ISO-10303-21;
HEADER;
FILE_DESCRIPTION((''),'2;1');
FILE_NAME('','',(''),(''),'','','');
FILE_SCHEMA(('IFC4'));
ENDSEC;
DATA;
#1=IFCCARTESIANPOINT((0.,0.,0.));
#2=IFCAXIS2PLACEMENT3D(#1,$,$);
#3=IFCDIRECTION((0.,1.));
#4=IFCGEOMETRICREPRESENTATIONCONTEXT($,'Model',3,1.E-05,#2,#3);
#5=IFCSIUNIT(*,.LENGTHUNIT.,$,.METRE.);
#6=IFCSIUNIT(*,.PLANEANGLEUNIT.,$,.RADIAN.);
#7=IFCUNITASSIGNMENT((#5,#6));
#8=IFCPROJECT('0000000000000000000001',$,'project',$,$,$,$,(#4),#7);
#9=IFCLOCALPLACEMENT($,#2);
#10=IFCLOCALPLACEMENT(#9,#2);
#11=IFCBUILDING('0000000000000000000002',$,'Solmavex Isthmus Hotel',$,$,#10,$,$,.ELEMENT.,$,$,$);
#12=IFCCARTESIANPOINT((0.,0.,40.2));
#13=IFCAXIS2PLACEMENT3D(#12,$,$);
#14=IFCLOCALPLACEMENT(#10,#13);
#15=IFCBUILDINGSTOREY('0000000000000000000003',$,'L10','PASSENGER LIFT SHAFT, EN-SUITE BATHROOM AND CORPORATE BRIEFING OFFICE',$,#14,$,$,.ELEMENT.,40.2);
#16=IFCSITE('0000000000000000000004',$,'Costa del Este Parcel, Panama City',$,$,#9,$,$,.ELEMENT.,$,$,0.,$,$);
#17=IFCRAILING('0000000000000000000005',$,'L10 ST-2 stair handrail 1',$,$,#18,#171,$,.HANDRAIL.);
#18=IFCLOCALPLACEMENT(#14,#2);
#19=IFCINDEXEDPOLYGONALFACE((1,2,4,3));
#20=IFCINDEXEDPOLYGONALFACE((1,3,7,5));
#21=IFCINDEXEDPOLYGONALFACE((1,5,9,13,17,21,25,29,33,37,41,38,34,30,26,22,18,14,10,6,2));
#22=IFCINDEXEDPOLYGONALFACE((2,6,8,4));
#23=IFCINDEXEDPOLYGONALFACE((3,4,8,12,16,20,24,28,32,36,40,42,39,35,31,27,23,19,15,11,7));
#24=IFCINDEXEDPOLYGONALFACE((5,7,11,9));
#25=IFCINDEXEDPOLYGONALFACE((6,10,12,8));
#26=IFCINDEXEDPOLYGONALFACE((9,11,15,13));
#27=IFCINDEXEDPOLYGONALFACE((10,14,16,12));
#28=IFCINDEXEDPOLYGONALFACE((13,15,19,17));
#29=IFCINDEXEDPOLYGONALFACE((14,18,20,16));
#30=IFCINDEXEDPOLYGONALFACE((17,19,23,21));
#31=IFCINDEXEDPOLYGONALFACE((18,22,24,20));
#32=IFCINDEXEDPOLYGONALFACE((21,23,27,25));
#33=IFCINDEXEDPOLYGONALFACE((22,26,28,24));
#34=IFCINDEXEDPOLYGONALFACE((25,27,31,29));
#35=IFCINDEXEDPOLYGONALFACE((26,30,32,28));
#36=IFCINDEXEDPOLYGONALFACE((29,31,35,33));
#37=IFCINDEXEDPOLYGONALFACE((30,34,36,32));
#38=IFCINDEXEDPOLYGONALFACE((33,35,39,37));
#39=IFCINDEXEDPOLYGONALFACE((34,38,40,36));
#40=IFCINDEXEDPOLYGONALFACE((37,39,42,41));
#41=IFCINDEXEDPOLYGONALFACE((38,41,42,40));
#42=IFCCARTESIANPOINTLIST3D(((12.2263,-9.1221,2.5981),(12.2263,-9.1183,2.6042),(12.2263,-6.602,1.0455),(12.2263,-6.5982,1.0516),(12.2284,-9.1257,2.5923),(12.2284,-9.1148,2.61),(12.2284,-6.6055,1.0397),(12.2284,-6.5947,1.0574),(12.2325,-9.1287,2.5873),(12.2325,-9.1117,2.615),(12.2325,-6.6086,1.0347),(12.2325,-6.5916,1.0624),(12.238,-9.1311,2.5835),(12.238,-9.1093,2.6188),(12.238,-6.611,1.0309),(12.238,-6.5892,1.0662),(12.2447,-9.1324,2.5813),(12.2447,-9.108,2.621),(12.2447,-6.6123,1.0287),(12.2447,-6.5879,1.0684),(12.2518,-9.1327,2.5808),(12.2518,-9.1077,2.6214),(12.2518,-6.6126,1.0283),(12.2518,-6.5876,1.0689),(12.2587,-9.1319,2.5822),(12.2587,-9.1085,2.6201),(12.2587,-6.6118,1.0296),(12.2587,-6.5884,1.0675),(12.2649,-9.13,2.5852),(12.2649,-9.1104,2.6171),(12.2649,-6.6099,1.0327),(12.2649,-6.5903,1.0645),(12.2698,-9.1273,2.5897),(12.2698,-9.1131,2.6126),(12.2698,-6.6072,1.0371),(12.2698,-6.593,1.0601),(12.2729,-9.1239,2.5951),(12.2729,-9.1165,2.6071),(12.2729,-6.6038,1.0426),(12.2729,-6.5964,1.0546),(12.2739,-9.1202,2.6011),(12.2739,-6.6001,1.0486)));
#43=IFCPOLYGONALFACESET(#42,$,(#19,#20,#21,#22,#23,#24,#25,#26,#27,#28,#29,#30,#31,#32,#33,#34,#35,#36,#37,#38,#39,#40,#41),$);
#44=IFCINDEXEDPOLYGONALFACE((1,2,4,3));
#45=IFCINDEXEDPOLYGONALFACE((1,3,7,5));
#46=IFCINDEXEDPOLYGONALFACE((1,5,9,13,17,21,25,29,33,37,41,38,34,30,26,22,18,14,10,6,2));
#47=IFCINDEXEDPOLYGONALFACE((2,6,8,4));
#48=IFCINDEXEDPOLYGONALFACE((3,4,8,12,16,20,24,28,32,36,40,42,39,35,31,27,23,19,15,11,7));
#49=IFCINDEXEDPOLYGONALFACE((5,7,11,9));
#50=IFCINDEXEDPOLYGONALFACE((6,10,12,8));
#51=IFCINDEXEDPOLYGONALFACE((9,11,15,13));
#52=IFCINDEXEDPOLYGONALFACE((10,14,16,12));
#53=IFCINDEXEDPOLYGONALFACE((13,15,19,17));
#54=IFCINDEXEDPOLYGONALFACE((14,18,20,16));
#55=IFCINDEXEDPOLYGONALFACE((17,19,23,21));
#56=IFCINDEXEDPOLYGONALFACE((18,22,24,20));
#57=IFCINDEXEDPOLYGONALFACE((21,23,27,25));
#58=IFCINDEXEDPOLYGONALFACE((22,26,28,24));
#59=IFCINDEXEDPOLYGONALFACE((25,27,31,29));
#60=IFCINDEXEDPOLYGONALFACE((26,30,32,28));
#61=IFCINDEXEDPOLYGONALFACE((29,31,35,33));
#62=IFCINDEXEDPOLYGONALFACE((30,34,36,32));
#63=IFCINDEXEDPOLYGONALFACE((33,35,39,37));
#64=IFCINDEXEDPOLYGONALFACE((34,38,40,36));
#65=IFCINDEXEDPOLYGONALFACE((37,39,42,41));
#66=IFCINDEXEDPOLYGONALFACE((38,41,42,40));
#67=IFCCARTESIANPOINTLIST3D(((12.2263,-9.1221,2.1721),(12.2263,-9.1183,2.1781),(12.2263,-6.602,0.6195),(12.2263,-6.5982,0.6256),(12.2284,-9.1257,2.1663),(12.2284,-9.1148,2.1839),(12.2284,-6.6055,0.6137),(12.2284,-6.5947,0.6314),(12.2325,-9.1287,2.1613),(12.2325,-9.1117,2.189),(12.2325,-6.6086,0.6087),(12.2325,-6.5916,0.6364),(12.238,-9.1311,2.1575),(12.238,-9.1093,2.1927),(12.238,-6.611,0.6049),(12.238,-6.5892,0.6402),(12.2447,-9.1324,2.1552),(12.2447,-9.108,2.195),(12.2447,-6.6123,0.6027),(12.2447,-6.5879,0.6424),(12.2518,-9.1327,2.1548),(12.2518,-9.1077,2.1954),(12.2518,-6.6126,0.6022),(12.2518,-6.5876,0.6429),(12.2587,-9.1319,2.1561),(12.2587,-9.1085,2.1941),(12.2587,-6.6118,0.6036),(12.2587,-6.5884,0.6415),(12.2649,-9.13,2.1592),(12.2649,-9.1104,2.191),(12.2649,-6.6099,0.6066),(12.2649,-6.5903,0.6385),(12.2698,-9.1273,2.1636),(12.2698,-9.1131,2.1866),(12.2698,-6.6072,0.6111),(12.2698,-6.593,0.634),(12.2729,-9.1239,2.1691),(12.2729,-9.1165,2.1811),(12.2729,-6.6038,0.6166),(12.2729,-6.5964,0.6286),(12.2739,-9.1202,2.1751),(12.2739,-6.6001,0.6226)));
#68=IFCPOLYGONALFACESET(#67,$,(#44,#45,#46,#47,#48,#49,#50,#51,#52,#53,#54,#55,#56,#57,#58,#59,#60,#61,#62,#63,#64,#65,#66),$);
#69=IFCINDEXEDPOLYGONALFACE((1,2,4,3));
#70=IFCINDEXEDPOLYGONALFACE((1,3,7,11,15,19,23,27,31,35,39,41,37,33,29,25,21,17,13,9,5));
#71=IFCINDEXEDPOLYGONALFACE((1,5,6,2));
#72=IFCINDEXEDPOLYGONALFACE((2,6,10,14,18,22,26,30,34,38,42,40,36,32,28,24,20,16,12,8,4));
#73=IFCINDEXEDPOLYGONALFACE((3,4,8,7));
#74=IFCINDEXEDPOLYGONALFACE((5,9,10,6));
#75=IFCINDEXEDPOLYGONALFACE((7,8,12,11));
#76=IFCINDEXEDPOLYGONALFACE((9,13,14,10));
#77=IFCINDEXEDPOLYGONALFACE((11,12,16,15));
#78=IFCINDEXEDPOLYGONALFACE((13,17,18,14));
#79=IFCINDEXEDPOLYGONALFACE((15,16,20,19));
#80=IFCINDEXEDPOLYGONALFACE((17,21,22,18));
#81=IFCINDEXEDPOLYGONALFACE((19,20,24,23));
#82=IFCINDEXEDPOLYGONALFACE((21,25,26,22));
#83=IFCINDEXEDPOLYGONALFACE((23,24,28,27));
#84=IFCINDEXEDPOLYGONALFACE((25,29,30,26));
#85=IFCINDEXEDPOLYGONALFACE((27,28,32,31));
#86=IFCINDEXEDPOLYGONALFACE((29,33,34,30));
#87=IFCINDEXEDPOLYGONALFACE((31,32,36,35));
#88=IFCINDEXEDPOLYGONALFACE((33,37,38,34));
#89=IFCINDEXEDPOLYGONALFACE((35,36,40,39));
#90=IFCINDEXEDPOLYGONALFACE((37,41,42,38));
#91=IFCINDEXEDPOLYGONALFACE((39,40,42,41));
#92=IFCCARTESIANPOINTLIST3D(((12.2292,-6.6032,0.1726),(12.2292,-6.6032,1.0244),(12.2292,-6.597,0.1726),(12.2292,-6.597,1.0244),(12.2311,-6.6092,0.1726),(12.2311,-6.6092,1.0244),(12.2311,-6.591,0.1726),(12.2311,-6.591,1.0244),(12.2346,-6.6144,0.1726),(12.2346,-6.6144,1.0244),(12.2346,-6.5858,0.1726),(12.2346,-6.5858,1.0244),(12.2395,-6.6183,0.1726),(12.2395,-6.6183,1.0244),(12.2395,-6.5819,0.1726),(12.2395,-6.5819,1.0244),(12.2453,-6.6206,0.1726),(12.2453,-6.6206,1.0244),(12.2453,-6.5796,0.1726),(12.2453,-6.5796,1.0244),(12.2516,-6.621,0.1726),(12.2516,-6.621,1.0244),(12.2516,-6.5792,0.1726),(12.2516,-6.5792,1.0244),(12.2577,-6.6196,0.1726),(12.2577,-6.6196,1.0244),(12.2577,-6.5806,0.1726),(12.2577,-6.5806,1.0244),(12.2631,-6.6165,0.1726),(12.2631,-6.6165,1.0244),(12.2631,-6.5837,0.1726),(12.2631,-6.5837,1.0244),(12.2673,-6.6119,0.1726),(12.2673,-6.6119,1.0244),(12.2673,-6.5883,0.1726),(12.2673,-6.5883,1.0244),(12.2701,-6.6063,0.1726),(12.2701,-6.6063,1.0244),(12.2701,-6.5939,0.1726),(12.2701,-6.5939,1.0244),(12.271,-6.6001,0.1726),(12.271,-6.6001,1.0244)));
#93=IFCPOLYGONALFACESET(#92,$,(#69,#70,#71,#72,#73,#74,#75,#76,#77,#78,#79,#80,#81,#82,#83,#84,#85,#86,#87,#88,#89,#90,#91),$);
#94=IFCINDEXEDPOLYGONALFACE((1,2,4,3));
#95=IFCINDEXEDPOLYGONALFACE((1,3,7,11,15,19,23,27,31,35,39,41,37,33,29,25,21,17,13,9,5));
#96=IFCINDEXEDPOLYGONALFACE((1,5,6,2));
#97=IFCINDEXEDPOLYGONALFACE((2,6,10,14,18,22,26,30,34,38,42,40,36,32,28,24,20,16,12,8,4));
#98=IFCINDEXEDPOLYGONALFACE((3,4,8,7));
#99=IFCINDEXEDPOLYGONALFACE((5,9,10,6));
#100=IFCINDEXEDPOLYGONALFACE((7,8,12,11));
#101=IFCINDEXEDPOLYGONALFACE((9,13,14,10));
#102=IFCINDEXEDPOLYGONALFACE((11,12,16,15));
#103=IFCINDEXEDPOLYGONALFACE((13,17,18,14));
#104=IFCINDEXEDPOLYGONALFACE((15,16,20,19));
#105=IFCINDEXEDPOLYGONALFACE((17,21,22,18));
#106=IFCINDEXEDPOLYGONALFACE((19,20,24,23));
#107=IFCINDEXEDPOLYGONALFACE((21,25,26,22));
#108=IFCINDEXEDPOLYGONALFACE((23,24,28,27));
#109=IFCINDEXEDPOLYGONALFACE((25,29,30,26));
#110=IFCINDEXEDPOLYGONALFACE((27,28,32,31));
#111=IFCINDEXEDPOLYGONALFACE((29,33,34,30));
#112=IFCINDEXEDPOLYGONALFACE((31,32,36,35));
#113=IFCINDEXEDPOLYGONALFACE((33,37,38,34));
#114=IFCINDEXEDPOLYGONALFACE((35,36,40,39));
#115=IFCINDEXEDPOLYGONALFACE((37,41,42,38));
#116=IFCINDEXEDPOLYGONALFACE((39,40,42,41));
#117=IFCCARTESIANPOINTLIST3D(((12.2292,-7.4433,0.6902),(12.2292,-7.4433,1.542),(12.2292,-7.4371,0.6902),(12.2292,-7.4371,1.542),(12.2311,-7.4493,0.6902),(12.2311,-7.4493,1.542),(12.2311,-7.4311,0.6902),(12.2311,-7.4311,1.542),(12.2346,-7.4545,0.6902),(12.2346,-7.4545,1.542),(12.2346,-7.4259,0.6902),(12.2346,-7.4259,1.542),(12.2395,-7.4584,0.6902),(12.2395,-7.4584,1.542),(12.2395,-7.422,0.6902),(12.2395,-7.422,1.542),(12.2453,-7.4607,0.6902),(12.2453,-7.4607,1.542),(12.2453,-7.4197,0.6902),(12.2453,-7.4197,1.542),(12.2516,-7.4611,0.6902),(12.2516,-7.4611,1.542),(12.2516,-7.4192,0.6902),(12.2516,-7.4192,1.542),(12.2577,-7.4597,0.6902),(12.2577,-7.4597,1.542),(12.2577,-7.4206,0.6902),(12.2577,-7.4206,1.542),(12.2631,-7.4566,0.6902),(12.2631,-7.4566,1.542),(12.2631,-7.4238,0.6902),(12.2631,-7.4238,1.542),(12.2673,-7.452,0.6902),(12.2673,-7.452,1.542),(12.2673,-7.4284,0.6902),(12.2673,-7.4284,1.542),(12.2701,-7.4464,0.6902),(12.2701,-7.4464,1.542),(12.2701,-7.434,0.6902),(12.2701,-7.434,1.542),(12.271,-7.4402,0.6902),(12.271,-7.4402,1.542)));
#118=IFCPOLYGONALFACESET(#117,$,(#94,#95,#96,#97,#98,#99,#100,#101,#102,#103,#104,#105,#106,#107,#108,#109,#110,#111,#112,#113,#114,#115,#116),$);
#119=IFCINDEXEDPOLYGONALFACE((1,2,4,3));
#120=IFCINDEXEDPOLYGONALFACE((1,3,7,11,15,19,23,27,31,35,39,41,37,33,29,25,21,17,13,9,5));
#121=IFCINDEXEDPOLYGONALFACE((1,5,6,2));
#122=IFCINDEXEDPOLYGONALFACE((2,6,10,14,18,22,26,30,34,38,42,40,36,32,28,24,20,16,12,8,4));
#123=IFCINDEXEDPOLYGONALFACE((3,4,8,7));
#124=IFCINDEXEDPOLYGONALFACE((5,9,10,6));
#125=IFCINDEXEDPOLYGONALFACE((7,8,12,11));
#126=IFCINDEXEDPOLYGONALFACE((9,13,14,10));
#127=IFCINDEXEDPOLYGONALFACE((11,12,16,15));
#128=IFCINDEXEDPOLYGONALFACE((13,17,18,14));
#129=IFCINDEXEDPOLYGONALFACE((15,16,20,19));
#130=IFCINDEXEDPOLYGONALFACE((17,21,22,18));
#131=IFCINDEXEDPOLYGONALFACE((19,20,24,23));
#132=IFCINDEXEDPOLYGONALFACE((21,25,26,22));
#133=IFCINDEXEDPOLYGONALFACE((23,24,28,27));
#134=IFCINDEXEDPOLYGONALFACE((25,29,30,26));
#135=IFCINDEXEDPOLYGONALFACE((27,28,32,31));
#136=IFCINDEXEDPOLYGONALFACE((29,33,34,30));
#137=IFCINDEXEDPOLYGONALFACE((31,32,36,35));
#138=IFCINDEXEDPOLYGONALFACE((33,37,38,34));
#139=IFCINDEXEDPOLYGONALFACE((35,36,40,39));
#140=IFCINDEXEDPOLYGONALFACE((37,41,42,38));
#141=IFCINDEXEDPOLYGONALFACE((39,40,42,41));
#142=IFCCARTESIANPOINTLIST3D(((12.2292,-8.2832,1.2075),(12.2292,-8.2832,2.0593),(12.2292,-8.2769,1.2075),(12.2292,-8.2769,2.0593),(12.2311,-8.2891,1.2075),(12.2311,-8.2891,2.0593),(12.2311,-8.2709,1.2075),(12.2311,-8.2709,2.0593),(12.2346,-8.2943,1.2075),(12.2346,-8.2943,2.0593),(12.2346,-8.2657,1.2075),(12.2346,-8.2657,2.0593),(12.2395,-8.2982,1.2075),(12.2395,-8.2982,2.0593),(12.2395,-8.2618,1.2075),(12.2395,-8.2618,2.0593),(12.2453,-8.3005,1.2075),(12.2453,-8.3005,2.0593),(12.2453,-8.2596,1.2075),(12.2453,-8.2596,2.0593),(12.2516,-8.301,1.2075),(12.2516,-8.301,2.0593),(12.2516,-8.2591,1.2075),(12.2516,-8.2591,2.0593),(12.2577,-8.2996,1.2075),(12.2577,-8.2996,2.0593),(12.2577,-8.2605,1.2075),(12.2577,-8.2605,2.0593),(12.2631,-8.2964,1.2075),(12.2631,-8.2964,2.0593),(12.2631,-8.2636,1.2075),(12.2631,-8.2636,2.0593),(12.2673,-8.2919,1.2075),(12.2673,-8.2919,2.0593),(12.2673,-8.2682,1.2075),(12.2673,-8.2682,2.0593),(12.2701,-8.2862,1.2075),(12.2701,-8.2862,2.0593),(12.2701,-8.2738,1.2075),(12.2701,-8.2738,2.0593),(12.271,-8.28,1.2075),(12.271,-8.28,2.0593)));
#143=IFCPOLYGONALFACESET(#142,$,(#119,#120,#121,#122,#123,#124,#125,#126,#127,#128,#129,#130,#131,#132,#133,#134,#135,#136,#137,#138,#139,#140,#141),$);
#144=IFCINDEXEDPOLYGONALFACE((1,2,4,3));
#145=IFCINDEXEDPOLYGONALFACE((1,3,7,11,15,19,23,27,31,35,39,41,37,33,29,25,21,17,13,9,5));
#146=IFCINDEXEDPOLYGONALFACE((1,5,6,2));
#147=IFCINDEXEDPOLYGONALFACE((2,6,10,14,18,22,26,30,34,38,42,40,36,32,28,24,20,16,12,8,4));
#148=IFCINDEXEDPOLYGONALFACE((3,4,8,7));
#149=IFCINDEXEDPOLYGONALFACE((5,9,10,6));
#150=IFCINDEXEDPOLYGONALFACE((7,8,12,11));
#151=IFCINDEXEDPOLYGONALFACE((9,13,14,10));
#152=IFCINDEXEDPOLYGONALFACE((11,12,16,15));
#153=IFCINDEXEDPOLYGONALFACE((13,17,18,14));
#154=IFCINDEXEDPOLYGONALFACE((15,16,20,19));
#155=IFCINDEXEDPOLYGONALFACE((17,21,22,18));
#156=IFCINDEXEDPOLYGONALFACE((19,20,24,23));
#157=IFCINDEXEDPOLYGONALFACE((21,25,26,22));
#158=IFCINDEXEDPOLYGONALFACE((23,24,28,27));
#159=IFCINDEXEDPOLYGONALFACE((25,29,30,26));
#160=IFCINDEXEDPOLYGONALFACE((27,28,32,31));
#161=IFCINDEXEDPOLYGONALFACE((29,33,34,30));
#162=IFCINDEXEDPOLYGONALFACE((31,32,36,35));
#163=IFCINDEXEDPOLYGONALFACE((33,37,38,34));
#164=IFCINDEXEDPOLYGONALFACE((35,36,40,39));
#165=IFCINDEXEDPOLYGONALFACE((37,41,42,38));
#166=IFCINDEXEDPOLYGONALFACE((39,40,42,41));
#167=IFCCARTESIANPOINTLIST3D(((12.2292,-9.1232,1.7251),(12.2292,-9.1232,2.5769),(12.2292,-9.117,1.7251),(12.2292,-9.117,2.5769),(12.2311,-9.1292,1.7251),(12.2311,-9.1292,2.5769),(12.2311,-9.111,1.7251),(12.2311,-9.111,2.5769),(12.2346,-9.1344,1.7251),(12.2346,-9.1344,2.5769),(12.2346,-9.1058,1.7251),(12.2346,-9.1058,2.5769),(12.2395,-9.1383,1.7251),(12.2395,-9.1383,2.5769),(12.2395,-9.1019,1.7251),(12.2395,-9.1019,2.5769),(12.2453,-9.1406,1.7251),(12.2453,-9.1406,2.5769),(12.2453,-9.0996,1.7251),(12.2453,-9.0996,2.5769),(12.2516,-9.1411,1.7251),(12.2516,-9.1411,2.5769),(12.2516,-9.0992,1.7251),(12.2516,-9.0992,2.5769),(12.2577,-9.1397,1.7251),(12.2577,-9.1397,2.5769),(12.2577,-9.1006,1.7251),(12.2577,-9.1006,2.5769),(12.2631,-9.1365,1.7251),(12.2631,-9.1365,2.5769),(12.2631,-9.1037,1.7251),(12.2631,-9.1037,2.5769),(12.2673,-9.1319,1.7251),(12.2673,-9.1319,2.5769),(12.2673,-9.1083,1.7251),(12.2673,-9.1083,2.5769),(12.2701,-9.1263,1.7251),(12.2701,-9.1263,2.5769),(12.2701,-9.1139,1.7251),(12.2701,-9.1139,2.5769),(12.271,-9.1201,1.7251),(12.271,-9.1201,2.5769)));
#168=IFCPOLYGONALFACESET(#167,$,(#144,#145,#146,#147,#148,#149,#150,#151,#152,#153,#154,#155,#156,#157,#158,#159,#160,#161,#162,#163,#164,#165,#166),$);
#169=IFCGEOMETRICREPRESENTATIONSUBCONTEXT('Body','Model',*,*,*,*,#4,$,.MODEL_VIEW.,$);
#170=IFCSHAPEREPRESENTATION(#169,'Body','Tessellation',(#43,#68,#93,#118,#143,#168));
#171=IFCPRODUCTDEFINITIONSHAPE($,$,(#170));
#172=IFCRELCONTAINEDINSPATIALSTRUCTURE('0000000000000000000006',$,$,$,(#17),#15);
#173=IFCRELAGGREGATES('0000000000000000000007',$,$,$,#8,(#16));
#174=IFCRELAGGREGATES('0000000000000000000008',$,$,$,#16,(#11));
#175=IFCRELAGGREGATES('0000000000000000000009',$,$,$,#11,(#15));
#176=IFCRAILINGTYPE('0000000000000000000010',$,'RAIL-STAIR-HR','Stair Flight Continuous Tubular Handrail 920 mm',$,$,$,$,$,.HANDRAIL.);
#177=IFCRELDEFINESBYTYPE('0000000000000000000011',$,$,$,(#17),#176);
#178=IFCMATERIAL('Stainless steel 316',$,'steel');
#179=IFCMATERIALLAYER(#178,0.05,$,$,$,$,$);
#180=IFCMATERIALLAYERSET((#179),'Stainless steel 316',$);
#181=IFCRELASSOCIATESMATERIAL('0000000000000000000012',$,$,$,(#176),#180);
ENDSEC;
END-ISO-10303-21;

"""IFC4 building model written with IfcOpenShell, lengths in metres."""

from ifc_helpers import new_model, si_unit, direction, frame, origin, origin_2d, place, context, subcontext, project, spatial, circle, extrude, material, layer, layer_set, type_object, element, save


model = new_model("IFC4")

# Units and contexts
model_context = context("Model", 3, precision=1e-05, world=origin(), true_north=direction((0.0, 1.0)))
body_context = subcontext(model_context, "Body", "Model", "MODEL_VIEW")
ifc_project = project(units=[si_unit("LENGTHUNIT", "METRE"), si_unit("PLANEANGLEUNIT", "RADIAN")], contexts=[model_context])

# Site, building, storey
site_placement = place(None, origin())
site = spatial("IfcSite", under=ifc_project, at=site_placement, Name="Costa del Este Parcel, Panama City", CompositionType="ELEMENT", RefElevation=0.0)
building_placement = place(site_placement, origin())
building = spatial("IfcBuilding", under=site, at=building_placement, Name="Solmavex Isthmus Hotel", CompositionType="ELEMENT")
storey_placement = place(building_placement, frame((0.0, 0.0, 40.2)))
storey = spatial("IfcBuildingStorey", under=building, at=storey_placement, Name="L10", Description="PASSENGER LIFT SHAFT, EN-SUITE BATHROOM AND CORPORATE BRIEFING OFFICE", CompositionType="ELEMENT", Elevation=40.2)

# Railing
ifc_material_1 = material(Name="Stainless steel 316", Category="steel")
ifc_layer_1 = layer(ifc_material_1, 0.05)
ifc_layer_set_1 = layer_set([ifc_layer_1], Name="Stainless steel 316")
railing_type_1 = type_object("IfcRailingType", Name="RAIL-STAIR-HR", Description="Stair Flight Continuous Tubular Handrail 920 mm", PredefinedType="HANDRAIL", material=ifc_layer_set_1)
railing_1_placement = place(storey_placement, frame((12.25, -6.6001, 0.1726)))
element("IfcRailing", 1, at=railing_1_placement, inside=storey, type_object=railing_type_1, Name="L10 ST-2 stair handrail 1", PredefinedType="HANDRAIL", context=body_context, shape_type="SweptSolid", body=[
    extrude(circle(Radius=0.0239, at=origin_2d()), frame((0.0, 0.0, 0.876), z_axis=(0.0, -0.8514, 0.524516), x_axis=(1.0, 0.0, 0.0)), (0.0, 0.0, 1.0), 2.96),
    extrude(circle(Radius=0.0239, at=origin_2d()), frame((0.0, 0.0, 0.45), z_axis=(0.0, -0.8514, 0.524516), x_axis=(1.0, 0.0, 0.0)), (0.0, 0.0, 1.0), 2.96),
    extrude(circle(Radius=0.021, at=origin_2d()), origin(), (0.0, 0.0, 1.0), 0.8518),
    extrude(circle(Radius=0.021, at=origin_2d()), frame((0.0, -0.8401, 0.5176)), (0.0, 0.0, 1.0), 0.8518),
    extrude(circle(Radius=0.021, at=origin_2d()), frame((0.0, -1.6799, 1.0349)), (0.0, 0.0, 1.0), 0.8518),
    extrude(circle(Radius=0.021, at=origin_2d()), frame((0.0, -2.52, 1.5525)), (0.0, 0.0, 1.0), 0.8518),
])

save(model, "model.ifc")
